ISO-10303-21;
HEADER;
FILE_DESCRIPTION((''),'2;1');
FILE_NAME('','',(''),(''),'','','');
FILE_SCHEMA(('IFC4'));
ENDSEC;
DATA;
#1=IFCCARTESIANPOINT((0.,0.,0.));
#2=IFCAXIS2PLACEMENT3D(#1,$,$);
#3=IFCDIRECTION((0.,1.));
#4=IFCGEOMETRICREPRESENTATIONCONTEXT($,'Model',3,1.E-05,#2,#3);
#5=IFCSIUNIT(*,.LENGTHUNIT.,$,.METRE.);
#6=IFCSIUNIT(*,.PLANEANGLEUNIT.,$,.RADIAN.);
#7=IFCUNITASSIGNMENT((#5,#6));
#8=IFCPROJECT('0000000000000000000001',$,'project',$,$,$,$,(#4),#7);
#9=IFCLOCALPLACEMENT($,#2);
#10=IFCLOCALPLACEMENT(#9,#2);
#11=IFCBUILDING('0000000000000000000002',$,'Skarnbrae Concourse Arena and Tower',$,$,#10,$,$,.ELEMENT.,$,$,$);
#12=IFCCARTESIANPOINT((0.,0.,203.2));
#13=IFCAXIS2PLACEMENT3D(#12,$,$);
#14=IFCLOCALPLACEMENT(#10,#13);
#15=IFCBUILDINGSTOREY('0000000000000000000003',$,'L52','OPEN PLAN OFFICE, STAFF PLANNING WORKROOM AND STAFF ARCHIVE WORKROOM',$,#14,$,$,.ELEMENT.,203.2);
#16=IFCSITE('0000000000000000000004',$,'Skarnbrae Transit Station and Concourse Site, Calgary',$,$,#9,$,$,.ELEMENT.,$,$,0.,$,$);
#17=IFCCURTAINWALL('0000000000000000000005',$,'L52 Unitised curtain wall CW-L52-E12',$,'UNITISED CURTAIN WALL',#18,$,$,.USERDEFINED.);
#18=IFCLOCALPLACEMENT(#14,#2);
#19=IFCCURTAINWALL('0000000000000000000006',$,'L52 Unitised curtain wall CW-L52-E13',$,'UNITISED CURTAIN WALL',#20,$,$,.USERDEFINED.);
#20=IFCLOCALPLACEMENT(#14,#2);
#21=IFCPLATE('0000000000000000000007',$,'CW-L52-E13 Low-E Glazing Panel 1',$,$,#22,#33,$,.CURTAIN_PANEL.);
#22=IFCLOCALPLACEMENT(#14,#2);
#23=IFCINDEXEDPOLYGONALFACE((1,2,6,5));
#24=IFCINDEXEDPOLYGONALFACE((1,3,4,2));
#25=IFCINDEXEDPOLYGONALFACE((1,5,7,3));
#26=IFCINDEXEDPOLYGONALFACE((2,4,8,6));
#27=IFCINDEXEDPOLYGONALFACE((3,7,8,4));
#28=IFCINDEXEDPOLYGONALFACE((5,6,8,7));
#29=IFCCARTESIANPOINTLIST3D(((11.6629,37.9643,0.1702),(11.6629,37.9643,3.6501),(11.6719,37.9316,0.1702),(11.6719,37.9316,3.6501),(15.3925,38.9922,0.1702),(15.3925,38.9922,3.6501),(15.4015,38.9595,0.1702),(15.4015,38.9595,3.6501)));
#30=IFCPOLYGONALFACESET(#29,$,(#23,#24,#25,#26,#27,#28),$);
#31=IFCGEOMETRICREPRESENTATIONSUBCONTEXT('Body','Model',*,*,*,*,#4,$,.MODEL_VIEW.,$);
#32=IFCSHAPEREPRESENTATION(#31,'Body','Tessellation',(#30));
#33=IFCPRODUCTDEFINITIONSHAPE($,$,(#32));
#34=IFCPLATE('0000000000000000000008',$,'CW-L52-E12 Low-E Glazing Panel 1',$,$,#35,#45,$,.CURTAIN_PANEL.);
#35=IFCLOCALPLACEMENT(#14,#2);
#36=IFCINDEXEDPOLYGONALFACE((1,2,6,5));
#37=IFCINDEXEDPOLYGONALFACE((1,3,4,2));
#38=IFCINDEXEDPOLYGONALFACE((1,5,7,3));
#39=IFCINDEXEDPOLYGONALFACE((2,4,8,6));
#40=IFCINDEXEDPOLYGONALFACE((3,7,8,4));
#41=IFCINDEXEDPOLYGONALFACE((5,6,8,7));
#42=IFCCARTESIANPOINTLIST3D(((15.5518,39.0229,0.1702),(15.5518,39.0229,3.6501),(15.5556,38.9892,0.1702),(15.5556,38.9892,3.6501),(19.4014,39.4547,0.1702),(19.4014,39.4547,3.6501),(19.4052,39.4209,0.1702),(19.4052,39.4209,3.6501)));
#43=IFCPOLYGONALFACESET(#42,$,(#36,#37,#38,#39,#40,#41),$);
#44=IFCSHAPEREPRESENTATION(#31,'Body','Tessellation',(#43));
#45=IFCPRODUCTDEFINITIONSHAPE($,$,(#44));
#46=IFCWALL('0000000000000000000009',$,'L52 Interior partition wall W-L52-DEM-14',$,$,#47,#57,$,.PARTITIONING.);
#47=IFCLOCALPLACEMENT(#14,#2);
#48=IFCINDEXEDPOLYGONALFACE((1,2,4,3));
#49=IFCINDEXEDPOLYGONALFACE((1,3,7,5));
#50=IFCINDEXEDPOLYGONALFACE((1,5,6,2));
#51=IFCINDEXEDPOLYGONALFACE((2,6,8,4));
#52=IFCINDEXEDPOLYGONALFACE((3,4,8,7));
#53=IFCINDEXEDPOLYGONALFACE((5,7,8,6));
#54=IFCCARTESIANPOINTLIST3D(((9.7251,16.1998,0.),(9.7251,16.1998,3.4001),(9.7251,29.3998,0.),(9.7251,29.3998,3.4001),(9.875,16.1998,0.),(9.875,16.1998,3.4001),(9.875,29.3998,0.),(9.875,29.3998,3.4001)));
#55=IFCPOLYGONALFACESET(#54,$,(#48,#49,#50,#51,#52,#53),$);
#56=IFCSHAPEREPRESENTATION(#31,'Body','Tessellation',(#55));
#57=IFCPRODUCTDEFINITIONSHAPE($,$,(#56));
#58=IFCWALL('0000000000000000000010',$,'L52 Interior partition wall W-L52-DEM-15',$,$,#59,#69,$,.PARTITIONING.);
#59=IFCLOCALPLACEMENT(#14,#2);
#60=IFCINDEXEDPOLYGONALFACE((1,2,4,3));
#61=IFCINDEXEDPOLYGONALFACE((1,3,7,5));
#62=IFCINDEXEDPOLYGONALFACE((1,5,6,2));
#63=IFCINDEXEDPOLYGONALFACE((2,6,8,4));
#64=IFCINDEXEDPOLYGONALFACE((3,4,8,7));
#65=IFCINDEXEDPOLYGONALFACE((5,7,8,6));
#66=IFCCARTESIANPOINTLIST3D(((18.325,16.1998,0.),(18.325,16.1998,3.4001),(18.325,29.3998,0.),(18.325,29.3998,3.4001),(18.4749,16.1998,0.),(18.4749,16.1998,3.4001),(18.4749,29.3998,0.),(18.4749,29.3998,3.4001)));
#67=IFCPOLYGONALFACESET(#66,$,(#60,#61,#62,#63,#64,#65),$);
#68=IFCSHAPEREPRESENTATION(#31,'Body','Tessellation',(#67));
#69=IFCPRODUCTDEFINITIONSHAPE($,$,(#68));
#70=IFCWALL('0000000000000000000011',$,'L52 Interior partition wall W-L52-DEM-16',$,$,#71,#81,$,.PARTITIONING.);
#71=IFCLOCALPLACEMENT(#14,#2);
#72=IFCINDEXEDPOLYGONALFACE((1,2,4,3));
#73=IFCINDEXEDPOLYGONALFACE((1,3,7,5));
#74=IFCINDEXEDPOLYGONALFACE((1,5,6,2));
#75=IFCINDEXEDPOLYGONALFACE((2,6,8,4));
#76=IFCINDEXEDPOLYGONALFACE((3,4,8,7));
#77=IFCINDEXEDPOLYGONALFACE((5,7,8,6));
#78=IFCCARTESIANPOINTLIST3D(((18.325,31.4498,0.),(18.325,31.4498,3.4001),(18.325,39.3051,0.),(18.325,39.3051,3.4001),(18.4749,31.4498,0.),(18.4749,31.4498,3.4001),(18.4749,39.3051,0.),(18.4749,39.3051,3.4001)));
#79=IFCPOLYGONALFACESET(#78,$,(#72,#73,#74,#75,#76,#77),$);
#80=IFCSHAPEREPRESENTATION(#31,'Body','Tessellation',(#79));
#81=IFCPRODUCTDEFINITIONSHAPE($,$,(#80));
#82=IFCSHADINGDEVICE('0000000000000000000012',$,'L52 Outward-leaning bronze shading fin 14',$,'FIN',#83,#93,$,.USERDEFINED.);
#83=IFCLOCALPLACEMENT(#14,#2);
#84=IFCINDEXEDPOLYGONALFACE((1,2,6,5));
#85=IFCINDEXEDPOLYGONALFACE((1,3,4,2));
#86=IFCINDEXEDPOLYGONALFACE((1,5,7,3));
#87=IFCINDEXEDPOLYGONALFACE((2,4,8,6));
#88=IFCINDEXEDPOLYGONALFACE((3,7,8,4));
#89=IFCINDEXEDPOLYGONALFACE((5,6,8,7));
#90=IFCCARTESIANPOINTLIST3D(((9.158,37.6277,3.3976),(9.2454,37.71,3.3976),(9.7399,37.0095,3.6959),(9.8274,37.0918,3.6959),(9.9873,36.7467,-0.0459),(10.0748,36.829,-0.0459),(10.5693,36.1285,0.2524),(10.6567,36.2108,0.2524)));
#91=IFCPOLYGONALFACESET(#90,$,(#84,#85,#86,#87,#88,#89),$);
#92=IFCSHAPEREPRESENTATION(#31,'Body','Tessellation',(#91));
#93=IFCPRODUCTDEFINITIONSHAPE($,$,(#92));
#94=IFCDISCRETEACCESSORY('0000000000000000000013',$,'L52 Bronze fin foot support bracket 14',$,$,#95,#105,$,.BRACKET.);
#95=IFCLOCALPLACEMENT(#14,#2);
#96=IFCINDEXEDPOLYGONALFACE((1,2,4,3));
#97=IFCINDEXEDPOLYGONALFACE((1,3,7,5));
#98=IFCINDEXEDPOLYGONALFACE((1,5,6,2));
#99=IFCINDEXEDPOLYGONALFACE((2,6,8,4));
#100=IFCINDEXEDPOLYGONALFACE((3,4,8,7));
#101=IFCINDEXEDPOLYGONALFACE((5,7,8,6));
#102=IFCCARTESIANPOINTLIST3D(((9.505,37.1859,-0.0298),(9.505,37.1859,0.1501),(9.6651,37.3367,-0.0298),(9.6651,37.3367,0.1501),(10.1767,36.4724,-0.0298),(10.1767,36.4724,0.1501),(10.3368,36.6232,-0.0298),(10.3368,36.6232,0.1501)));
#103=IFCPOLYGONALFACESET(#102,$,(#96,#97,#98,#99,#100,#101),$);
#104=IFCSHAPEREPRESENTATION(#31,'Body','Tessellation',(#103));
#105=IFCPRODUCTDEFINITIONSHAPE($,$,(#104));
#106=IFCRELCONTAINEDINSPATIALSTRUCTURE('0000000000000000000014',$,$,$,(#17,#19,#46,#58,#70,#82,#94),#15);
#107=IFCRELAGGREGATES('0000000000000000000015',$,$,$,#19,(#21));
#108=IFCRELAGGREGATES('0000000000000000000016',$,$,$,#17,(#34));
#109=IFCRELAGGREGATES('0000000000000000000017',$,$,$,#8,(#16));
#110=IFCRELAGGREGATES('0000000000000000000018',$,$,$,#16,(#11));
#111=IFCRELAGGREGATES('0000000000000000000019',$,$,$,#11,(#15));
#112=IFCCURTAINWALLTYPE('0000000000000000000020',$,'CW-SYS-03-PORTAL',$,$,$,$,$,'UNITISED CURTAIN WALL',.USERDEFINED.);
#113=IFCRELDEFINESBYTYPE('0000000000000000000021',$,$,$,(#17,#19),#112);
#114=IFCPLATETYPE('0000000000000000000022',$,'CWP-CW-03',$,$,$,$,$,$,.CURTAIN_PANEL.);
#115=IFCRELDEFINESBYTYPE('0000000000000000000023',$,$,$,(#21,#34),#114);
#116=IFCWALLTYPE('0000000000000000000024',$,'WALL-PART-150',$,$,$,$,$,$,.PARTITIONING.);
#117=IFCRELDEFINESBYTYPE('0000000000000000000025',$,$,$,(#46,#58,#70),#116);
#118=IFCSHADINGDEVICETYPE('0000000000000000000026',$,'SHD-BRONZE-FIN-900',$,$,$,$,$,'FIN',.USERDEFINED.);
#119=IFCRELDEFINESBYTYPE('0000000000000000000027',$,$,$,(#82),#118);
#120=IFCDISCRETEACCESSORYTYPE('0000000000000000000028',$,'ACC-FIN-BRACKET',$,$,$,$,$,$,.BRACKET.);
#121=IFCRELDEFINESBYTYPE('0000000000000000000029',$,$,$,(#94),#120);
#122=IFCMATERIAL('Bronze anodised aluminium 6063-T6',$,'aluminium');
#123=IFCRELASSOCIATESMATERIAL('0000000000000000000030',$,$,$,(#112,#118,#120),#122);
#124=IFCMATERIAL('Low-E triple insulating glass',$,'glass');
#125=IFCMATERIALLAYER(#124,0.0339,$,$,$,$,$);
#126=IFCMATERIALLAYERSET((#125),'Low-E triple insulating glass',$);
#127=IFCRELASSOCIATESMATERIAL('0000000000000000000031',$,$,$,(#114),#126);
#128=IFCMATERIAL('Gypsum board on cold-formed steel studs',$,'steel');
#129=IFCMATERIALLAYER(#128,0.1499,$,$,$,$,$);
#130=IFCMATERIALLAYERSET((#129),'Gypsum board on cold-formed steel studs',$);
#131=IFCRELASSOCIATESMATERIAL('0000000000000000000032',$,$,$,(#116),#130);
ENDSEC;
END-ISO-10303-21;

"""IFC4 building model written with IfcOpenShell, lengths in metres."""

from ifc_helpers import new_model, si_unit, direction, frame, frame_2d, origin, origin_2d, place, context, subcontext, project, spatial, rectangle, extrude, source, transform, mapped, material, layer, layer_set, type_object, element, aggregate, save


model = new_model("IFC4")

# Units and contexts
model_context = context("Model", 3, precision=1e-05, world=origin(), true_north=direction((0.0, 1.0)))
body_context = subcontext(model_context, "Body", "Model", "MODEL_VIEW")
ifc_project = project(units=[si_unit("LENGTHUNIT", "METRE"), si_unit("PLANEANGLEUNIT", "RADIAN")], contexts=[model_context])

# Site, building, storey
site_placement = place(None, origin())
site = spatial("IfcSite", under=ifc_project, at=site_placement, Name="Skarnbrae Transit Station and Concourse Site, Calgary", CompositionType="ELEMENT", RefElevation=0.0)
building_placement = place(site_placement, origin())
building = spatial("IfcBuilding", under=site, at=building_placement, Name="Skarnbrae Concourse Arena and Tower", CompositionType="ELEMENT")
storey_placement = place(building_placement, frame((0.0, 0.0, 203.2)))
storey = spatial("IfcBuildingStorey", under=building, at=storey_placement, Name="L52", Description="OPEN PLAN OFFICE, STAFF PLANNING WORKROOM AND STAFF ARCHIVE WORKROOM", CompositionType="ELEMENT", Elevation=203.2)

# Shared definitions
ifc_material_1 = material(Name="Bronze anodised aluminium 6063-T6", Category="aluminium")
curtain_wall_type_1 = type_object("IfcCurtainWallType", Name="CW-SYS-03-PORTAL", ElementType="UNITISED CURTAIN WALL", PredefinedType="USERDEFINED", material=ifc_material_1)

# Curtain walls
curtain_wall_1_placement = place(storey_placement, origin())
curtain_wall_1 = element("IfcCurtainWall", 1, at=curtain_wall_1_placement, inside=storey, type_object=curtain_wall_type_1, Name="L52 Unitised curtain wall CW-L52-E12", ObjectType="UNITISED CURTAIN WALL", PredefinedType="USERDEFINED")
curtain_wall_2_placement = place(storey_placement, origin())
curtain_wall_2 = element("IfcCurtainWall", 2, at=curtain_wall_2_placement, inside=storey, type_object=curtain_wall_type_1, Name="L52 Unitised curtain wall CW-L52-E13", ObjectType="UNITISED CURTAIN WALL", PredefinedType="USERDEFINED")

# Plates
ifc_material_2 = material(Name="Low-E triple insulating glass", Category="glass")
ifc_layer_1 = layer(ifc_material_2, 0.0339)
ifc_layer_set_1 = layer_set([ifc_layer_1], Name="Low-E triple insulating glass")
plate_type_1 = type_object("IfcPlateType", Name="CWP-CW-03", PredefinedType="CURTAIN_PANEL", material=ifc_layer_set_1)
shared_shape_1 = source(origin(), body_context, "Body", "SweptSolid", [
    extrude(rectangle(XDim=3.8687, YDim=0.0339, at=origin_2d()), origin(), (0.0, 0.0, 1.0), 3.48),
])
plate_1_placement = place(storey_placement, frame((13.5322, 38.4619, 0.1702), z_axis=(0.0, 0.0, 1.0), x_axis=(-0.964057, -0.265694, 0.0)))
plate_1 = element("IfcPlate", 3, at=plate_1_placement, type_object=plate_type_1, Name="CW-L52-E13 Low-E Glazing Panel 1", PredefinedType="CURTAIN_PANEL", context=body_context, shape_type="MappedRepresentation", body=[
    mapped(shared_shape_1, transform((0.0, 0.0, 0.0))),
])
aggregate(curtain_wall_2, [plate_1])
shared_shape_2 = source(origin(), body_context, "Body", "SweptSolid", [
    extrude(rectangle(XDim=3.8738, YDim=0.0339, at=origin_2d()), origin(), (0.0, 0.0, 1.0), 3.48),
])
plate_2_placement = place(storey_placement, frame((17.4785, 39.2219, 0.1702), z_axis=(0.0, 0.0, 1.0), x_axis=(-0.993769, -0.11146, 0.0)))
plate_2 = element("IfcPlate", 4, at=plate_2_placement, type_object=plate_type_1, Name="CW-L52-E12 Low-E Glazing Panel 1", PredefinedType="CURTAIN_PANEL", context=body_context, shape_type="MappedRepresentation", body=[
    mapped(shared_shape_2, transform((0.0, 0.0, 0.0))),
])
aggregate(curtain_wall_1, [plate_2])

# Walls
ifc_material_3 = material(Name="Gypsum board on cold-formed steel studs", Category="steel")
ifc_layer_2 = layer(ifc_material_3, 0.1499)
ifc_layer_set_2 = layer_set([ifc_layer_2], Name="Gypsum board on cold-formed steel studs")
wall_type = type_object("IfcWallType", Name="WALL-PART-150", PredefinedType="PARTITIONING", material=ifc_layer_set_2)
shared_shape_3 = source(origin(), body_context, "Body", "SweptSolid", [
    extrude(rectangle(XDim=13.2, YDim=0.1499, at=frame_2d((6.6001, 0.0))), origin(), (0.0, 0.0, 1.0), 3.4001),
])
for number, where, z_axis, x_axis, name in (
    (5, (9.8, 29.3999, 0.0), (0.0, 0.0, 1.0), (0.0, -1.0, 0.0), "L52 Interior partition wall W-L52-DEM-14"),
    (6, (18.3999, 29.3999, 0.0), (0.0, 0.0, 1.0), (0.0, -1.0, 0.0), "L52 Interior partition wall W-L52-DEM-15"),
):
    element("IfcWall", number, at=place(storey_placement, frame(where, z_axis=z_axis, x_axis=x_axis)), inside=storey, type_object=wall_type, Name=name, PredefinedType="PARTITIONING", context=body_context, shape_type="MappedRepresentation", body=[
        mapped(shared_shape_3, transform((0.0, 0.0, 0.0))),
    ])
shared_shape_4 = source(origin(), body_context, "Body", "SweptSolid", [
    extrude(rectangle(XDim=7.8552, YDim=0.1499, at=frame_2d((3.9277, 0.0))), origin(), (0.0, 0.0, 1.0), 3.4001),
])
wall_placement = place(storey_placement, frame((18.3999, 39.3052, 0.0), z_axis=(0.0, 0.0, 1.0), x_axis=(0.0, -1.0, 0.0)))
element("IfcWall", 7, at=wall_placement, inside=storey, type_object=wall_type, Name="L52 Interior partition wall W-L52-DEM-16", PredefinedType="PARTITIONING", context=body_context, shape_type="MappedRepresentation", body=[
    mapped(shared_shape_4, transform((0.0, 0.0, 0.0))),
])

# Shading device
shading_device_type = type_object("IfcShadingDeviceType", Name="SHD-BRONZE-FIN-900", ElementType="FIN", PredefinedType="USERDEFINED", material=ifc_material_1)
shared_shape_5 = source(origin(), body_context, "Body", "SweptSolid", [
    extrude(rectangle(XDim=0.1201, YDim=0.8999, at=origin_2d()), origin(), (0.0, 0.0, 1.0), 3.6499),
])
shading_device_placement = place(storey_placement, frame((10.322, 36.4788, 0.1033), z_axis=(-0.227224, 0.241378, 0.943454), x_axis=(0.728132, 0.685437, 0.0)))
element("IfcShadingDevice", 8, at=shading_device_placement, inside=storey, type_object=shading_device_type, Name="L52 Outward-leaning bronze shading fin 14", ObjectType="FIN", PredefinedType="USERDEFINED", context=body_context, shape_type="MappedRepresentation", body=[
    mapped(shared_shape_5, transform((0.0, 0.0, 0.0))),
])

# Discrete accessory
discrete_accessory_type = type_object("IfcDiscreteAccessoryType", Name="ACC-FIN-BRACKET", PredefinedType="BRACKET", material=ifc_material_1)
shared_shape_6 = source(origin(), body_context, "Body", "SweptSolid", [
    extrude(rectangle(XDim=0.22, YDim=0.98, at=origin_2d()), origin(), (0.0, 0.0, 1.0), 0.1799),
])
discrete_accessory_placement = place(storey_placement, frame((9.9209, 36.9045, -0.0298), z_axis=(0.0, 0.0, 1.0), x_axis=(0.728132, 0.685437, 0.0)))
element("IfcDiscreteAccessory", 9, at=discrete_accessory_placement, inside=storey, type_object=discrete_accessory_type, Name="L52 Bronze fin foot support bracket 14", PredefinedType="BRACKET", context=body_context, shape_type="MappedRepresentation", body=[
    mapped(shared_shape_6, transform((0.0, 0.0, 0.0))),
])

save(model, "model.ifc")
